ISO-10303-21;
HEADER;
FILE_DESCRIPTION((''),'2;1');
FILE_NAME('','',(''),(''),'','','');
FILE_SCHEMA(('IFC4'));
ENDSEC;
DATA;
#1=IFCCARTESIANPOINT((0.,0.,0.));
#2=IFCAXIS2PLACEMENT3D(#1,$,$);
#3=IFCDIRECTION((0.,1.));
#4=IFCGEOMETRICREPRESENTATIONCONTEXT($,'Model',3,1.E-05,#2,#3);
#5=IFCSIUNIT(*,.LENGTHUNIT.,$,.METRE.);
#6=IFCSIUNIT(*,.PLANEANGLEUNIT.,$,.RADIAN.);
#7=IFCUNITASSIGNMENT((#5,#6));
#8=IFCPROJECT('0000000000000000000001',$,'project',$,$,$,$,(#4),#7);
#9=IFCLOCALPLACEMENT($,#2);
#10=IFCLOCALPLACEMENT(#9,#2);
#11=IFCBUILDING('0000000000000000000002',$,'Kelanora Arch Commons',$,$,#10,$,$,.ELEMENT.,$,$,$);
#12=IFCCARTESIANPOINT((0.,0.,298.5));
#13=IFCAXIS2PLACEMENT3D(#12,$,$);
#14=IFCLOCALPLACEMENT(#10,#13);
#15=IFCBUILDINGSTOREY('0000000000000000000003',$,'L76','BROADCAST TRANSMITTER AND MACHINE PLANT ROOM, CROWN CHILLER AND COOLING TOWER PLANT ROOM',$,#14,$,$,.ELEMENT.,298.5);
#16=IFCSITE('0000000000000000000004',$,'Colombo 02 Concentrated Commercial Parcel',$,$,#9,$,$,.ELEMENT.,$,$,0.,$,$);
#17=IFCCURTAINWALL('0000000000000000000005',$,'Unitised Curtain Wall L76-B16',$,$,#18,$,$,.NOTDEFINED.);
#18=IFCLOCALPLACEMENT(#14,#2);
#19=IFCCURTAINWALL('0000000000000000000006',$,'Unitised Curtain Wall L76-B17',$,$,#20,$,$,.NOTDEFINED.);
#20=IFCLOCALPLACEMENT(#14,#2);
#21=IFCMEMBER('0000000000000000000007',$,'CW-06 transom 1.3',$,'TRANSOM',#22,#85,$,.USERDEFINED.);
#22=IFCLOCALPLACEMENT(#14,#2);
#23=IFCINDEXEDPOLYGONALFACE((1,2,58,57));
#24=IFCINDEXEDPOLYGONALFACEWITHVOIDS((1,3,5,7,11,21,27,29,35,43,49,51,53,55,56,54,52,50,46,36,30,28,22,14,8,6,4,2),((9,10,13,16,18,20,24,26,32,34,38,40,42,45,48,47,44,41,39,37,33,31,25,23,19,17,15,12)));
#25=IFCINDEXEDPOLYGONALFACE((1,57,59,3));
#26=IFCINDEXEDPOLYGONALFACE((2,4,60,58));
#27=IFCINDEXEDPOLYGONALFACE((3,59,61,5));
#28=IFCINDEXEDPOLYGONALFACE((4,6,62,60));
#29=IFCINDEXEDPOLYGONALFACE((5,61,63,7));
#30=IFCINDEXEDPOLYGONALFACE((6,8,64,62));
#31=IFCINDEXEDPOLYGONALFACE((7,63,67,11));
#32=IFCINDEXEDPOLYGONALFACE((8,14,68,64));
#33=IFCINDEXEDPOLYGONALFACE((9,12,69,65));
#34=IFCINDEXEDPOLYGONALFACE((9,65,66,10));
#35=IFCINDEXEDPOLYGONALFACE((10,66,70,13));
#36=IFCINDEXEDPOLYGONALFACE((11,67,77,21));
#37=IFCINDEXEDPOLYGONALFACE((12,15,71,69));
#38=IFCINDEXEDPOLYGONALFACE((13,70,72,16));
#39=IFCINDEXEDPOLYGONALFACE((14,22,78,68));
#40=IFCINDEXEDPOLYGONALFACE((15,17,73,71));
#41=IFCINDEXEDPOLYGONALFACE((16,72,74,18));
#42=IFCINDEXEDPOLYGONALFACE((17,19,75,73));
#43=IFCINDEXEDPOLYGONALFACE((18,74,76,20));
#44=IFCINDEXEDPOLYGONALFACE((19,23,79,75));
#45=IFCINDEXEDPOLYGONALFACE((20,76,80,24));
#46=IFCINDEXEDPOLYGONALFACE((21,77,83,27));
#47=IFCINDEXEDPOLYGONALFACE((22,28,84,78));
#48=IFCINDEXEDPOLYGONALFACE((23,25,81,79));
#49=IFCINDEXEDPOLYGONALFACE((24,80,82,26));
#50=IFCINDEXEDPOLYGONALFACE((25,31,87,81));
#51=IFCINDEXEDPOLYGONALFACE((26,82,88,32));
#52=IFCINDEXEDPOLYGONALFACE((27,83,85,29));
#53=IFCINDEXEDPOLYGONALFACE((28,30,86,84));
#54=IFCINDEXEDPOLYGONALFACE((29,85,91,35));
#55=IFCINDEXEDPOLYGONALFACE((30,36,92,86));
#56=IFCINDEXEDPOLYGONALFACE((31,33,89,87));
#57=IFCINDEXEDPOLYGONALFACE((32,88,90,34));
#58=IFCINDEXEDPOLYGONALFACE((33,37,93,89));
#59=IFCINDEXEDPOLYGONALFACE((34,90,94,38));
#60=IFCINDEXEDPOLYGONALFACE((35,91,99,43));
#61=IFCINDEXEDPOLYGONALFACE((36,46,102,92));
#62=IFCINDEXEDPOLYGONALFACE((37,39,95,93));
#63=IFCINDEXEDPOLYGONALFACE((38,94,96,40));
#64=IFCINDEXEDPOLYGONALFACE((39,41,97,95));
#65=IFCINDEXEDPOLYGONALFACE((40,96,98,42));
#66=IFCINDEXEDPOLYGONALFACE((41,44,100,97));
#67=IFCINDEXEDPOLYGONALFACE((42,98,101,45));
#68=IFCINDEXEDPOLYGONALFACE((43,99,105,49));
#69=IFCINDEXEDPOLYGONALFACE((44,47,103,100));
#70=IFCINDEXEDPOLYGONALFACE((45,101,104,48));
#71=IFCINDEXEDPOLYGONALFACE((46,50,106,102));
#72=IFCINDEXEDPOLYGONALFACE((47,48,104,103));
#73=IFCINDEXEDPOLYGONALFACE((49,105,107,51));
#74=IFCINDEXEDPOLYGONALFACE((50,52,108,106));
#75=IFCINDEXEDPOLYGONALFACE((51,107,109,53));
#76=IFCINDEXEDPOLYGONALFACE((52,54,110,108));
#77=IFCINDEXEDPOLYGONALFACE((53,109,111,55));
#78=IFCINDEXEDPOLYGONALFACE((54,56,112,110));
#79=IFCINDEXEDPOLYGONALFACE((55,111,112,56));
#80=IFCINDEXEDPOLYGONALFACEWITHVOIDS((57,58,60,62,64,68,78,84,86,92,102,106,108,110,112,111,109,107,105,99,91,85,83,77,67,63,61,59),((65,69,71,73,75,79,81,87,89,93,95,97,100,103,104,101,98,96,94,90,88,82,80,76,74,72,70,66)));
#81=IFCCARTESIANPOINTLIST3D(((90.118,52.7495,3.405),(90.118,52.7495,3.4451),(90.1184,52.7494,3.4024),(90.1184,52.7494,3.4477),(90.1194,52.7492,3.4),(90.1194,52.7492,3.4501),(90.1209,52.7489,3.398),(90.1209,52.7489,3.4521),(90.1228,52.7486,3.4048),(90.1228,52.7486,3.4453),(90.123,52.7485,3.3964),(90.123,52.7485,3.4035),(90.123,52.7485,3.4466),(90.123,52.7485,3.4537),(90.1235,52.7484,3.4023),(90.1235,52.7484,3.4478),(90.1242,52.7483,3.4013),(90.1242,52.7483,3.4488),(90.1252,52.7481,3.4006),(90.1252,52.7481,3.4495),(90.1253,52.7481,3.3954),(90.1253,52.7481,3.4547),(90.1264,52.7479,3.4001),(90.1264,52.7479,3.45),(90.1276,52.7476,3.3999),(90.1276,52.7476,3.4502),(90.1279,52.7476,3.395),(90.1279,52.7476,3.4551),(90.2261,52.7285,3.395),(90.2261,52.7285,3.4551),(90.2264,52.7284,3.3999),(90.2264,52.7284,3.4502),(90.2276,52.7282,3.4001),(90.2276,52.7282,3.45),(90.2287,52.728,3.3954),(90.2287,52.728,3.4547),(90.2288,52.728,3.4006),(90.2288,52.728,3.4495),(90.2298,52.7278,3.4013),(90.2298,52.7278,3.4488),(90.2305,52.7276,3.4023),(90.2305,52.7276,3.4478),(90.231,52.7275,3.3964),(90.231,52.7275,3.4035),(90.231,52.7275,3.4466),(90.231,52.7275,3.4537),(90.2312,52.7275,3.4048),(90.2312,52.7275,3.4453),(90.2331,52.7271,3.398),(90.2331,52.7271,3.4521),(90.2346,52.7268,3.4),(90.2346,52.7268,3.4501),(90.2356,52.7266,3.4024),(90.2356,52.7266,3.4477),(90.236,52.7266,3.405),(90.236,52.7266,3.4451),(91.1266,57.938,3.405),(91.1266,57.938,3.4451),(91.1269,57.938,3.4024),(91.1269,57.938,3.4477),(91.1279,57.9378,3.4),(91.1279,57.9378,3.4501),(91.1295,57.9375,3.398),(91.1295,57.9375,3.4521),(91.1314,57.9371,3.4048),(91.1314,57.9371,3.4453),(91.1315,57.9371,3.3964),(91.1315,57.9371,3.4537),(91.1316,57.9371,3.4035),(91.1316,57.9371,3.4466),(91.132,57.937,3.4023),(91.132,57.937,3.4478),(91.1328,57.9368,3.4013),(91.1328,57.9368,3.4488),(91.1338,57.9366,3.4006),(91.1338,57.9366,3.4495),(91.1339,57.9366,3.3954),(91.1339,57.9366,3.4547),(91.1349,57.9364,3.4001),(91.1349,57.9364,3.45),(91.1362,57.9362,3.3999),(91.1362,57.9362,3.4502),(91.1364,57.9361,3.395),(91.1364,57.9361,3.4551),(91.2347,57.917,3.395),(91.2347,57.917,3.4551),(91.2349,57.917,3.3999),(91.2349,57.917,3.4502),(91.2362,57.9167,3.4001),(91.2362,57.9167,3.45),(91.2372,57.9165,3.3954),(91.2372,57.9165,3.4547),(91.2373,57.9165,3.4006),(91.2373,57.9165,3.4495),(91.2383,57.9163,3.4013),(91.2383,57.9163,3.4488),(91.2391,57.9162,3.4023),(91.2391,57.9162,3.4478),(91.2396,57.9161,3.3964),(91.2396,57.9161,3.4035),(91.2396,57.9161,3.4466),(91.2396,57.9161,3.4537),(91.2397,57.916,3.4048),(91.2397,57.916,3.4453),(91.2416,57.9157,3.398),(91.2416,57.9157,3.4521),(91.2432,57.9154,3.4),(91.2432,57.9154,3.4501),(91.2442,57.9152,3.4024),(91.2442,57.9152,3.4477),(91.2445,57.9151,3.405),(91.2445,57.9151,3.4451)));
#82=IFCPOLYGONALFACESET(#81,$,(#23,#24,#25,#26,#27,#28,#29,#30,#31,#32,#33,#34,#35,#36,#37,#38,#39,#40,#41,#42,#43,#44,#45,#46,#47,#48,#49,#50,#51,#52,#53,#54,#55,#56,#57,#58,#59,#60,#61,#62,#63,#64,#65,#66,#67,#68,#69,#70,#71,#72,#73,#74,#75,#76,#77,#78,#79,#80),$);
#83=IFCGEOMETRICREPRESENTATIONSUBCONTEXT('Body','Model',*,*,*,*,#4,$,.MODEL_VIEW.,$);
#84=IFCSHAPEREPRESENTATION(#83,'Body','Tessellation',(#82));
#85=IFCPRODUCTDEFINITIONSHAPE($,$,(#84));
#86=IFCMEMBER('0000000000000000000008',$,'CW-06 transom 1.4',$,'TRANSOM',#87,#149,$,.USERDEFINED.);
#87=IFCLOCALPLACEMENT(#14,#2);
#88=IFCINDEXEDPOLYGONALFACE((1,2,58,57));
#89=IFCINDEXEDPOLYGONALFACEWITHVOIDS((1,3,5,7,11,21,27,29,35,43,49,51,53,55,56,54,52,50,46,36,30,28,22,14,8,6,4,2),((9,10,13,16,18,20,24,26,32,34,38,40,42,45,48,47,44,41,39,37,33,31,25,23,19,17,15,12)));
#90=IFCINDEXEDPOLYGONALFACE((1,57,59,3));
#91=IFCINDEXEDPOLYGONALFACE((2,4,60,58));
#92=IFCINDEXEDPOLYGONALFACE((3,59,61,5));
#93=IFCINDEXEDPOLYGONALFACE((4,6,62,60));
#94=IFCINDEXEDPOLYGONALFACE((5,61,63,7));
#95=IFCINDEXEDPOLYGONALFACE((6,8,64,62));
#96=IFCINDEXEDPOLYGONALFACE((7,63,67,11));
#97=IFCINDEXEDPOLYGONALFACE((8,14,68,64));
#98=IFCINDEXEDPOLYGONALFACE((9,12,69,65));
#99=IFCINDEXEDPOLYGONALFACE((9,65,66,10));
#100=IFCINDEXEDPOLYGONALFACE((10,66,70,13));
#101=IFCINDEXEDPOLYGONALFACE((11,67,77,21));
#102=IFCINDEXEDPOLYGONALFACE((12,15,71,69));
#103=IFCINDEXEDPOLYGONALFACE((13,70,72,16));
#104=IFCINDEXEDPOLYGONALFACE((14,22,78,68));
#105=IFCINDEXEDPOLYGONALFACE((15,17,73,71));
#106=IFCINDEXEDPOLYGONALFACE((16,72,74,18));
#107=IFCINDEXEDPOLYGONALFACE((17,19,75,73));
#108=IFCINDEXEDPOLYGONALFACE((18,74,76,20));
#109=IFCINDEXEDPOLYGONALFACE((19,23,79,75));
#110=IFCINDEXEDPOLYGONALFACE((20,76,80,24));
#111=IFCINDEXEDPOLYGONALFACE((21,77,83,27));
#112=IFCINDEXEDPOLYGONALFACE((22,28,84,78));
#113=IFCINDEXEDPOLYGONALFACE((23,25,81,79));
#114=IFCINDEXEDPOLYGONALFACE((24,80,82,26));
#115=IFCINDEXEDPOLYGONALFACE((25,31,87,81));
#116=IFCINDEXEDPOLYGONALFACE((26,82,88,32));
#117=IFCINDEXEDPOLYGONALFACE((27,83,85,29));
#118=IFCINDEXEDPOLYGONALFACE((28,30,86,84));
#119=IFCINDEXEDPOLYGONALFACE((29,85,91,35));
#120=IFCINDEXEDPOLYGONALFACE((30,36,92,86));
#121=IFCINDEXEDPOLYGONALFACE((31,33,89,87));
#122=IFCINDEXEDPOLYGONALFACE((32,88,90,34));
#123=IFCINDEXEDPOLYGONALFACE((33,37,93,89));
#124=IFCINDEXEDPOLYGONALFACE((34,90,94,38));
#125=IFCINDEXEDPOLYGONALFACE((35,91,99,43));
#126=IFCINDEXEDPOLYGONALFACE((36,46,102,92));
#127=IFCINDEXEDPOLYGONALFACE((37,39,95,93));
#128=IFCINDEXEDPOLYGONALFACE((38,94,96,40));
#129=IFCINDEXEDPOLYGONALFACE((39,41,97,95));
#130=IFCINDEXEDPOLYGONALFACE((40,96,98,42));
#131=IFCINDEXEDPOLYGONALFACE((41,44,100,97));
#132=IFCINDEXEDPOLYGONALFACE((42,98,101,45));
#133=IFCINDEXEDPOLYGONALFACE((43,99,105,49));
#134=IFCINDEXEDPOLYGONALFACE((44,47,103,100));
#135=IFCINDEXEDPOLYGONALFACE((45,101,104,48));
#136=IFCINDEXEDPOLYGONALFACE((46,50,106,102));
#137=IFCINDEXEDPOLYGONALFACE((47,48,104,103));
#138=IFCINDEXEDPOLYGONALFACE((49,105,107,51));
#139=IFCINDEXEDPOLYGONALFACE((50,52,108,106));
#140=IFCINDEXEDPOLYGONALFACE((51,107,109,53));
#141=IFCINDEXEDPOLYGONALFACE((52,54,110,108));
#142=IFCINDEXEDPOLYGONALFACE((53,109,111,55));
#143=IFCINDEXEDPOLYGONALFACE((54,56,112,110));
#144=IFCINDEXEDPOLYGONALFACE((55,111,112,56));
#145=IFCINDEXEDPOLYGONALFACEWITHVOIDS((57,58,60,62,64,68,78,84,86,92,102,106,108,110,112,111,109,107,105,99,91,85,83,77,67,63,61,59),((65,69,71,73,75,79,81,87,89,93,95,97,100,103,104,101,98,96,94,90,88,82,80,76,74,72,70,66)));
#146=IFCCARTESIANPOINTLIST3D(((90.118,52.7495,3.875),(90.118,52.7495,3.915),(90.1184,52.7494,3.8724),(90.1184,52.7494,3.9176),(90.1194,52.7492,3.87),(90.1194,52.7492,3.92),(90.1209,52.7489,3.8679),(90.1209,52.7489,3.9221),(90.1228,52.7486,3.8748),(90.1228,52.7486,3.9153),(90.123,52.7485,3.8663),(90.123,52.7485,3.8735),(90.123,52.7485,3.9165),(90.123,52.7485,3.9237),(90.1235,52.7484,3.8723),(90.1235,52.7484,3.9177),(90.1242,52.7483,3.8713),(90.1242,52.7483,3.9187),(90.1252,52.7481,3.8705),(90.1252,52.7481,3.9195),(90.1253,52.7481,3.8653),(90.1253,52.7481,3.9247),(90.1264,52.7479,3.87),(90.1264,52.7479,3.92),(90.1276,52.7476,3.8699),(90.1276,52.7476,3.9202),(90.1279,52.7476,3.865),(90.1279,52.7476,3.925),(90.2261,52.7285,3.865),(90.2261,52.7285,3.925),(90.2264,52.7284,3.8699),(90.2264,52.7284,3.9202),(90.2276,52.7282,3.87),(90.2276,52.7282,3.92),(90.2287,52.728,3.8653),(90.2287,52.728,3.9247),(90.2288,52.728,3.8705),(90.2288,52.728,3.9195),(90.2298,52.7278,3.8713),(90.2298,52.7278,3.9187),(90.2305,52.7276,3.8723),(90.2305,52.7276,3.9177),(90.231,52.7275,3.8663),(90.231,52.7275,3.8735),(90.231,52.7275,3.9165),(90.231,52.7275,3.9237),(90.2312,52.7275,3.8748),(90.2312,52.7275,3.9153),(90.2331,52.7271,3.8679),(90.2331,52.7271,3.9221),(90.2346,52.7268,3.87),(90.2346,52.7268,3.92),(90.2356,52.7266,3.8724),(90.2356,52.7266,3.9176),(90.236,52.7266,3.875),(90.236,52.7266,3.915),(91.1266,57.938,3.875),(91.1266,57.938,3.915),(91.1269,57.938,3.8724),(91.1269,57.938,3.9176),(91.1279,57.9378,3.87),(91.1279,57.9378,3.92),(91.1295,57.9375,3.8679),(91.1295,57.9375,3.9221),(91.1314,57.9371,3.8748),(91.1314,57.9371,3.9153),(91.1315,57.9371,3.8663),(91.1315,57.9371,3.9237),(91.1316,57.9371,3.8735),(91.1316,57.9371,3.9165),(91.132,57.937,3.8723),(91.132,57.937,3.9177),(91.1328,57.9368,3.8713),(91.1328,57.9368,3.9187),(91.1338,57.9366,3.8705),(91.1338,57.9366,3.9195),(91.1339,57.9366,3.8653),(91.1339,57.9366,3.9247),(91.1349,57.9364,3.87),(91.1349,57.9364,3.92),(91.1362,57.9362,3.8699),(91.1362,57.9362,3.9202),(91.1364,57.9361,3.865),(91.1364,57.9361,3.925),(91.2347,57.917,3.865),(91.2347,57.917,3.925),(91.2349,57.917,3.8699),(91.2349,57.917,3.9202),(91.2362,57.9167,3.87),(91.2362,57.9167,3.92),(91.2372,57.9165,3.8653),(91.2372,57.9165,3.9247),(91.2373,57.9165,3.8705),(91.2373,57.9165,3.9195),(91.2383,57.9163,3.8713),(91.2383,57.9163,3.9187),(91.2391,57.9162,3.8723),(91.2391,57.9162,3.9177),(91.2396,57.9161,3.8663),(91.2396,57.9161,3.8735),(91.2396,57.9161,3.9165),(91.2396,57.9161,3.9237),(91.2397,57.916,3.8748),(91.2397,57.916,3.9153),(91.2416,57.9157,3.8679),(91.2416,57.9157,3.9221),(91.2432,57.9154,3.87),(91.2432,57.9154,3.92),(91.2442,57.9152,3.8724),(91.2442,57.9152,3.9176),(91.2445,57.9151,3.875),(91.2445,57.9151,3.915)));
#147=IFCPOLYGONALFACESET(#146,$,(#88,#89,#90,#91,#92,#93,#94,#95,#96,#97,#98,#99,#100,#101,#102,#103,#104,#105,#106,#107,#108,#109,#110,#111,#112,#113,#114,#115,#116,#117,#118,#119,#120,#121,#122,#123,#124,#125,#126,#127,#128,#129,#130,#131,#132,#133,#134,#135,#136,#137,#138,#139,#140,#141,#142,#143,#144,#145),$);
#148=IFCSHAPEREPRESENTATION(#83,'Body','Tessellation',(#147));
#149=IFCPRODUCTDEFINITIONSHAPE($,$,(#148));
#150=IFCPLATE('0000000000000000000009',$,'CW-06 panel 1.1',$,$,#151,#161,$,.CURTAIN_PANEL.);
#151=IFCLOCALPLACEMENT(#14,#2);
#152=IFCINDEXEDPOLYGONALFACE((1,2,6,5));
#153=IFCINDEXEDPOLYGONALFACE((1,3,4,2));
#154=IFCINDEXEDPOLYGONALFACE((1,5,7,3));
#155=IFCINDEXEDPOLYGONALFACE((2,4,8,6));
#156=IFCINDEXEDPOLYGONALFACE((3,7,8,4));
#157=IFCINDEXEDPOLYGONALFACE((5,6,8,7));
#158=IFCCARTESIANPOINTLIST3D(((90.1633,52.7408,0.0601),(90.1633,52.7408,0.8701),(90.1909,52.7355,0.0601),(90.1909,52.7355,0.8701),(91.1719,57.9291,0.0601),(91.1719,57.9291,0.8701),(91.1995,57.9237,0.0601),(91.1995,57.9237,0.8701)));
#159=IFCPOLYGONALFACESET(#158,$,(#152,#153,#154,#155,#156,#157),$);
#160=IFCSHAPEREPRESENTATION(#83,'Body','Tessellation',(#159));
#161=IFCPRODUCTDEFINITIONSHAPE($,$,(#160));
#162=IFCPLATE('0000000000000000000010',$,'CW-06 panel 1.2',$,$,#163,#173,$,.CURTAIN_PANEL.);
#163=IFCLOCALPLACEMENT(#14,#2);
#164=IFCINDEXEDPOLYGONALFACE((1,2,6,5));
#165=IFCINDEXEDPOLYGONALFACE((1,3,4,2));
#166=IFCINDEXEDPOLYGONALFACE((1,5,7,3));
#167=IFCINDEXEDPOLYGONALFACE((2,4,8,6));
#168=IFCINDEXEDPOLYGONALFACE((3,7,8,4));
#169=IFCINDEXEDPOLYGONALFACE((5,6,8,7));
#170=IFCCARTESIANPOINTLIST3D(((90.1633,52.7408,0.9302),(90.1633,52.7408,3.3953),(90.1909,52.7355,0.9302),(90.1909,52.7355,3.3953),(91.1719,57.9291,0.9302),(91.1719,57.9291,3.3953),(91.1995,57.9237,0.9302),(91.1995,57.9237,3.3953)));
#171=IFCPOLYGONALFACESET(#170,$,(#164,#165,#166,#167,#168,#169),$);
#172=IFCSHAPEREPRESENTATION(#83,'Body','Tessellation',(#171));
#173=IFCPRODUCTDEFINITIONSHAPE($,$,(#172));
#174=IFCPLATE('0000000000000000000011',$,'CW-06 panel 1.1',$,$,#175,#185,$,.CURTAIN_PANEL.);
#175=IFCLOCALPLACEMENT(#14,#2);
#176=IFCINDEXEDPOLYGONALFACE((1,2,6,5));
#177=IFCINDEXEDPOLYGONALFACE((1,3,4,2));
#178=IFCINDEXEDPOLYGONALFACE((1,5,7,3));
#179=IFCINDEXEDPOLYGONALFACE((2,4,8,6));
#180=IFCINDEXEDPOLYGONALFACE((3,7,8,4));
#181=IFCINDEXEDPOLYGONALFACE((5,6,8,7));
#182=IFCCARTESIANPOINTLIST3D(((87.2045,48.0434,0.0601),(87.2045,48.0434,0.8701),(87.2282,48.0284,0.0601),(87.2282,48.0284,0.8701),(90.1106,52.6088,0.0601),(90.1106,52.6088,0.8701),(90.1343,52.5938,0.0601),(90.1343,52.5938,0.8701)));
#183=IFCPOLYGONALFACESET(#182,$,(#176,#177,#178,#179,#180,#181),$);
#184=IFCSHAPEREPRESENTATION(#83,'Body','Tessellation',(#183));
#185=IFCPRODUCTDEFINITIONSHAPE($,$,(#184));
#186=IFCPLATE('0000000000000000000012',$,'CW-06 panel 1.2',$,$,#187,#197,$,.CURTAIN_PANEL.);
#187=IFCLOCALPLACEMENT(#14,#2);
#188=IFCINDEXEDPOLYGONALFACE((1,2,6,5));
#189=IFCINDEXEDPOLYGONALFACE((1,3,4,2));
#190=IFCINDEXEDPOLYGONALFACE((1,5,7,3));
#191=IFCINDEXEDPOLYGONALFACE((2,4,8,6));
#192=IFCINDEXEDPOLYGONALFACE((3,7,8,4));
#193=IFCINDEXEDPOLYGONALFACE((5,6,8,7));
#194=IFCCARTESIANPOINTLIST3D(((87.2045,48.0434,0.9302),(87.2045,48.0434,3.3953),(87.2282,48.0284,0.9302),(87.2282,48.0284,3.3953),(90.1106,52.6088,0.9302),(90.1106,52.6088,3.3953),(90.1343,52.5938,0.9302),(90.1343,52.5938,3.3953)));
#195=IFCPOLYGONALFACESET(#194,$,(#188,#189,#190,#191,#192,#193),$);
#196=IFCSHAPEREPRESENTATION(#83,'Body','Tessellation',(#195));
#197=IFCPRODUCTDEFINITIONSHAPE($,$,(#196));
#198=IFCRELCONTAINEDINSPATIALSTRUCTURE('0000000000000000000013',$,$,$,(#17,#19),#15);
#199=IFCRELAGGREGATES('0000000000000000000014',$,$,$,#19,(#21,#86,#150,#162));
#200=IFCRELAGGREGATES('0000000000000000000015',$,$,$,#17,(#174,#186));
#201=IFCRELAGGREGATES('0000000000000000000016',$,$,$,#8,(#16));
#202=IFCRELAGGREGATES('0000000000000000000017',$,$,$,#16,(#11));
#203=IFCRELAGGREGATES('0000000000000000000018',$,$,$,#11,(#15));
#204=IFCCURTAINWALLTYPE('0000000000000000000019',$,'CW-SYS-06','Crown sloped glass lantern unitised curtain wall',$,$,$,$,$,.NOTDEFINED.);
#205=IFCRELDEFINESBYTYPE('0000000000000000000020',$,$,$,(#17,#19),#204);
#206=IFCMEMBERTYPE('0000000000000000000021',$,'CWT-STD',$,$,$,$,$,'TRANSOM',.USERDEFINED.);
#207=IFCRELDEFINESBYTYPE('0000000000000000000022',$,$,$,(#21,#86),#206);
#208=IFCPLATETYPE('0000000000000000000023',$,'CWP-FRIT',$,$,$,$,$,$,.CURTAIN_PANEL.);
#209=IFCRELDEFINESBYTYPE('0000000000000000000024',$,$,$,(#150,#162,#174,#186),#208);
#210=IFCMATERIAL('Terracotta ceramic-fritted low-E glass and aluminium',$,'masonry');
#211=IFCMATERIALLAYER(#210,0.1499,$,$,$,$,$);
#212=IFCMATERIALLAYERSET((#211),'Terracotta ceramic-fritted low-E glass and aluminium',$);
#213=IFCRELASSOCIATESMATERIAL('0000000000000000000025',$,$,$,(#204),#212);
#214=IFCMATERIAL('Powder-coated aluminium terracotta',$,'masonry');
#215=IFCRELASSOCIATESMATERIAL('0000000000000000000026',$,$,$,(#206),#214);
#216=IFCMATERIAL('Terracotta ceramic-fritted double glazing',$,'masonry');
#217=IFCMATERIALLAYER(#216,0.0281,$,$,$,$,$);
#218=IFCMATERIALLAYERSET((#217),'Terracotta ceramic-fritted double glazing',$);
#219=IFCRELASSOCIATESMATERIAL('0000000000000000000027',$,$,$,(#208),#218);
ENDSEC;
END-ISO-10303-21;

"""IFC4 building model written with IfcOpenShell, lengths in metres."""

from ifc_helpers import new_model, si_unit, direction, frame, origin, origin_2d, place, context, subcontext, project, spatial, rectangle, hollow_rectangle, extrude, source, transform, mapped, material, layer, layer_set, material_profile, profile_set, type_object, element, aggregate, save


model = new_model("IFC4")

# Units and contexts
model_context = context("Model", 3, precision=1e-05, world=origin(), true_north=direction((0.0, 1.0)))
body_context = subcontext(model_context, "Body", "Model", "MODEL_VIEW")
ifc_project = project(units=[si_unit("LENGTHUNIT", "METRE"), si_unit("PLANEANGLEUNIT", "RADIAN")], contexts=[model_context])

# Site, building, storey
site_placement = place(None, origin())
site = spatial("IfcSite", under=ifc_project, at=site_placement, Name="Colombo 02 Concentrated Commercial Parcel", CompositionType="ELEMENT", RefElevation=0.0)
building_placement = place(site_placement, origin())
building = spatial("IfcBuilding", under=site, at=building_placement, Name="Kelanora Arch Commons", CompositionType="ELEMENT")
storey_placement = place(building_placement, frame((0.0, 0.0, 298.5)))
storey = spatial("IfcBuildingStorey", under=building, at=storey_placement, Name="L76", Description="BROADCAST TRANSMITTER AND MACHINE PLANT ROOM, CROWN CHILLER AND COOLING TOWER PLANT ROOM", CompositionType="ELEMENT", Elevation=298.5)

# Curtain wall
ifc_material_1 = material(Name="Terracotta ceramic-fritted low-E glass and aluminium", Category="masonry")
ifc_layer_1 = layer(ifc_material_1, 0.1499)
ifc_layer_set_1 = layer_set([ifc_layer_1], Name="Terracotta ceramic-fritted low-E glass and aluminium")
curtain_wall_type = type_object("IfcCurtainWallType", Name="CW-SYS-06", Description="Crown sloped glass lantern unitised curtain wall", PredefinedType="NOTDEFINED", material=ifc_layer_set_1)
curtain_wall_1_placement = place(storey_placement, origin())
curtain_wall_1 = element("IfcCurtainWall", 1, at=curtain_wall_1_placement, inside=storey, type_object=curtain_wall_type, Name="Unitised Curtain Wall L76-B16", PredefinedType="NOTDEFINED")
ifc_material_2 = material(Name="Powder-coated aluminium terracotta", Category="masonry")

# Curtain wall, members, plates
curtain_wall_2_placement = place(storey_placement, origin())
curtain_wall_2 = element("IfcCurtainWall", 2, at=curtain_wall_2_placement, inside=storey, type_object=curtain_wall_type, Name="Unitised Curtain Wall L76-B17", PredefinedType="NOTDEFINED")
ifc_material_profile_1 = material_profile(ifc_material_2, hollow_rectangle(XDim=0.1201, YDim=0.0601, WallThickness=0.0049, InnerFilletRadius=0.0049, OuterFilletRadius=0.01, at=origin_2d()), Name="CWT120x60")
ifc_profile_set_1 = profile_set([ifc_material_profile_1], Name="Powder-coated aluminium terracotta")
member_type_1 = type_object("IfcMemberType", Name="CWT-STD", ElementType="TRANSOM", PredefinedType="USERDEFINED", material=ifc_profile_set_1)
member_1_placement = place(storey_placement, frame((90.177, 52.738, 3.425), z_axis=(0.19081, 0.981627, 0.0), x_axis=(-0.981627, 0.19081, 0.0)))
member_1 = element("IfcMember", 3, at=member_1_placement, type_object=member_type_1, Name="CW-06 transom 1.3", ObjectType="TRANSOM", PredefinedType="USERDEFINED", context=body_context, shape_type="SweptSolid", body=[
    extrude(hollow_rectangle(XDim=0.1201, YDim=0.0601, WallThickness=0.0049, InnerFilletRadius=0.0049, OuterFilletRadius=0.01, at=origin_2d()), origin(), (0.0, 0.0, 1.0), 5.2856),
])
member_2_placement = place(storey_placement, frame((90.177, 52.738, 3.895), z_axis=(0.19081, 0.981627, 0.0), x_axis=(-0.981627, 0.19081, 0.0)))
member_2 = element("IfcMember", 4, at=member_2_placement, type_object=member_type_1, Name="CW-06 transom 1.4", ObjectType="TRANSOM", PredefinedType="USERDEFINED", context=body_context, shape_type="SweptSolid", body=[
    extrude(hollow_rectangle(XDim=0.1201, YDim=0.0601, WallThickness=0.0049, InnerFilletRadius=0.0049, OuterFilletRadius=0.01, at=origin_2d()), origin(), (0.0, 0.0, 1.0), 5.2856),
])
ifc_material_3 = material(Name="Terracotta ceramic-fritted double glazing", Category="masonry")
ifc_layer_2 = layer(ifc_material_3, 0.0281)
ifc_layer_set_2 = layer_set([ifc_layer_2], Name="Terracotta ceramic-fritted double glazing")
plate_type = type_object("IfcPlateType", Name="CWP-FRIT", PredefinedType="CURTAIN_PANEL", material=ifc_layer_set_2)
shared_shape_1 = source(origin(), body_context, "Body", "SweptSolid", [
    extrude(rectangle(XDim=5.2854, YDim=0.0281, at=origin_2d()), origin(), (0.0, 0.0, 1.0), 0.8101),
])
plate_1_placement = place(storey_placement, frame((90.6814, 55.3323, 0.0601), z_axis=(0.0, 0.0, 1.0), x_axis=(0.190827, 0.981624, 0.0)))
plate_1 = element("IfcPlate", 5, at=plate_1_placement, type_object=plate_type, Name="CW-06 panel 1.1", PredefinedType="CURTAIN_PANEL", context=body_context, shape_type="MappedRepresentation", body=[
    mapped(shared_shape_1, transform((0.0, 0.0, 0.0), scale=1.0)),
])
shared_shape_2 = source(origin(), body_context, "Body", "SweptSolid", [
    extrude(rectangle(XDim=5.2854, YDim=0.0281, at=origin_2d()), origin(), (0.0, 0.0, 1.0), 2.4651),
])
plate_2_placement = place(storey_placement, frame((90.6814, 55.3323, 0.9302), z_axis=(0.0, 0.0, 1.0), x_axis=(0.190827, 0.981624, 0.0)))
plate_2 = element("IfcPlate", 6, at=plate_2_placement, type_object=plate_type, Name="CW-06 panel 1.2", PredefinedType="CURTAIN_PANEL", context=body_context, shape_type="MappedRepresentation", body=[
    mapped(shared_shape_2, transform((0.0, 0.0, 0.0), scale=1.0)),
])
aggregate(curtain_wall_2, [member_1, member_2, plate_1, plate_2])

# Plates
shared_shape_3 = source(origin(), body_context, "Body", "SweptSolid", [
    extrude(rectangle(XDim=5.4119, YDim=0.0281, at=origin_2d()), origin(), (0.0, 0.0, 1.0), 0.8101),
])
plate_3_placement = place(storey_placement, frame((88.6694, 50.3186, 0.0601), z_axis=(0.0, 0.0, 1.0), x_axis=(0.536984, 0.843592, 0.0)))
plate_3 = element("IfcPlate", 7, at=plate_3_placement, type_object=plate_type, Name="CW-06 panel 1.1", PredefinedType="CURTAIN_PANEL", context=body_context, shape_type="MappedRepresentation", body=[
    mapped(shared_shape_3, transform((0.0, 0.0, 0.0), scale=1.0)),
])
shared_shape_4 = source(origin(), body_context, "Body", "SweptSolid", [
    extrude(rectangle(XDim=5.4119, YDim=0.0281, at=origin_2d()), origin(), (0.0, 0.0, 1.0), 2.4651),
])
plate_4_placement = place(storey_placement, frame((88.6694, 50.3186, 0.9302), z_axis=(0.0, 0.0, 1.0), x_axis=(0.536984, 0.843592, 0.0)))
plate_4 = element("IfcPlate", 8, at=plate_4_placement, type_object=plate_type, Name="CW-06 panel 1.2", PredefinedType="CURTAIN_PANEL", context=body_context, shape_type="MappedRepresentation", body=[
    mapped(shared_shape_4, transform((0.0, 0.0, 0.0), scale=1.0)),
])
aggregate(curtain_wall_1, [plate_3, plate_4])

save(model, "model.ifc")
